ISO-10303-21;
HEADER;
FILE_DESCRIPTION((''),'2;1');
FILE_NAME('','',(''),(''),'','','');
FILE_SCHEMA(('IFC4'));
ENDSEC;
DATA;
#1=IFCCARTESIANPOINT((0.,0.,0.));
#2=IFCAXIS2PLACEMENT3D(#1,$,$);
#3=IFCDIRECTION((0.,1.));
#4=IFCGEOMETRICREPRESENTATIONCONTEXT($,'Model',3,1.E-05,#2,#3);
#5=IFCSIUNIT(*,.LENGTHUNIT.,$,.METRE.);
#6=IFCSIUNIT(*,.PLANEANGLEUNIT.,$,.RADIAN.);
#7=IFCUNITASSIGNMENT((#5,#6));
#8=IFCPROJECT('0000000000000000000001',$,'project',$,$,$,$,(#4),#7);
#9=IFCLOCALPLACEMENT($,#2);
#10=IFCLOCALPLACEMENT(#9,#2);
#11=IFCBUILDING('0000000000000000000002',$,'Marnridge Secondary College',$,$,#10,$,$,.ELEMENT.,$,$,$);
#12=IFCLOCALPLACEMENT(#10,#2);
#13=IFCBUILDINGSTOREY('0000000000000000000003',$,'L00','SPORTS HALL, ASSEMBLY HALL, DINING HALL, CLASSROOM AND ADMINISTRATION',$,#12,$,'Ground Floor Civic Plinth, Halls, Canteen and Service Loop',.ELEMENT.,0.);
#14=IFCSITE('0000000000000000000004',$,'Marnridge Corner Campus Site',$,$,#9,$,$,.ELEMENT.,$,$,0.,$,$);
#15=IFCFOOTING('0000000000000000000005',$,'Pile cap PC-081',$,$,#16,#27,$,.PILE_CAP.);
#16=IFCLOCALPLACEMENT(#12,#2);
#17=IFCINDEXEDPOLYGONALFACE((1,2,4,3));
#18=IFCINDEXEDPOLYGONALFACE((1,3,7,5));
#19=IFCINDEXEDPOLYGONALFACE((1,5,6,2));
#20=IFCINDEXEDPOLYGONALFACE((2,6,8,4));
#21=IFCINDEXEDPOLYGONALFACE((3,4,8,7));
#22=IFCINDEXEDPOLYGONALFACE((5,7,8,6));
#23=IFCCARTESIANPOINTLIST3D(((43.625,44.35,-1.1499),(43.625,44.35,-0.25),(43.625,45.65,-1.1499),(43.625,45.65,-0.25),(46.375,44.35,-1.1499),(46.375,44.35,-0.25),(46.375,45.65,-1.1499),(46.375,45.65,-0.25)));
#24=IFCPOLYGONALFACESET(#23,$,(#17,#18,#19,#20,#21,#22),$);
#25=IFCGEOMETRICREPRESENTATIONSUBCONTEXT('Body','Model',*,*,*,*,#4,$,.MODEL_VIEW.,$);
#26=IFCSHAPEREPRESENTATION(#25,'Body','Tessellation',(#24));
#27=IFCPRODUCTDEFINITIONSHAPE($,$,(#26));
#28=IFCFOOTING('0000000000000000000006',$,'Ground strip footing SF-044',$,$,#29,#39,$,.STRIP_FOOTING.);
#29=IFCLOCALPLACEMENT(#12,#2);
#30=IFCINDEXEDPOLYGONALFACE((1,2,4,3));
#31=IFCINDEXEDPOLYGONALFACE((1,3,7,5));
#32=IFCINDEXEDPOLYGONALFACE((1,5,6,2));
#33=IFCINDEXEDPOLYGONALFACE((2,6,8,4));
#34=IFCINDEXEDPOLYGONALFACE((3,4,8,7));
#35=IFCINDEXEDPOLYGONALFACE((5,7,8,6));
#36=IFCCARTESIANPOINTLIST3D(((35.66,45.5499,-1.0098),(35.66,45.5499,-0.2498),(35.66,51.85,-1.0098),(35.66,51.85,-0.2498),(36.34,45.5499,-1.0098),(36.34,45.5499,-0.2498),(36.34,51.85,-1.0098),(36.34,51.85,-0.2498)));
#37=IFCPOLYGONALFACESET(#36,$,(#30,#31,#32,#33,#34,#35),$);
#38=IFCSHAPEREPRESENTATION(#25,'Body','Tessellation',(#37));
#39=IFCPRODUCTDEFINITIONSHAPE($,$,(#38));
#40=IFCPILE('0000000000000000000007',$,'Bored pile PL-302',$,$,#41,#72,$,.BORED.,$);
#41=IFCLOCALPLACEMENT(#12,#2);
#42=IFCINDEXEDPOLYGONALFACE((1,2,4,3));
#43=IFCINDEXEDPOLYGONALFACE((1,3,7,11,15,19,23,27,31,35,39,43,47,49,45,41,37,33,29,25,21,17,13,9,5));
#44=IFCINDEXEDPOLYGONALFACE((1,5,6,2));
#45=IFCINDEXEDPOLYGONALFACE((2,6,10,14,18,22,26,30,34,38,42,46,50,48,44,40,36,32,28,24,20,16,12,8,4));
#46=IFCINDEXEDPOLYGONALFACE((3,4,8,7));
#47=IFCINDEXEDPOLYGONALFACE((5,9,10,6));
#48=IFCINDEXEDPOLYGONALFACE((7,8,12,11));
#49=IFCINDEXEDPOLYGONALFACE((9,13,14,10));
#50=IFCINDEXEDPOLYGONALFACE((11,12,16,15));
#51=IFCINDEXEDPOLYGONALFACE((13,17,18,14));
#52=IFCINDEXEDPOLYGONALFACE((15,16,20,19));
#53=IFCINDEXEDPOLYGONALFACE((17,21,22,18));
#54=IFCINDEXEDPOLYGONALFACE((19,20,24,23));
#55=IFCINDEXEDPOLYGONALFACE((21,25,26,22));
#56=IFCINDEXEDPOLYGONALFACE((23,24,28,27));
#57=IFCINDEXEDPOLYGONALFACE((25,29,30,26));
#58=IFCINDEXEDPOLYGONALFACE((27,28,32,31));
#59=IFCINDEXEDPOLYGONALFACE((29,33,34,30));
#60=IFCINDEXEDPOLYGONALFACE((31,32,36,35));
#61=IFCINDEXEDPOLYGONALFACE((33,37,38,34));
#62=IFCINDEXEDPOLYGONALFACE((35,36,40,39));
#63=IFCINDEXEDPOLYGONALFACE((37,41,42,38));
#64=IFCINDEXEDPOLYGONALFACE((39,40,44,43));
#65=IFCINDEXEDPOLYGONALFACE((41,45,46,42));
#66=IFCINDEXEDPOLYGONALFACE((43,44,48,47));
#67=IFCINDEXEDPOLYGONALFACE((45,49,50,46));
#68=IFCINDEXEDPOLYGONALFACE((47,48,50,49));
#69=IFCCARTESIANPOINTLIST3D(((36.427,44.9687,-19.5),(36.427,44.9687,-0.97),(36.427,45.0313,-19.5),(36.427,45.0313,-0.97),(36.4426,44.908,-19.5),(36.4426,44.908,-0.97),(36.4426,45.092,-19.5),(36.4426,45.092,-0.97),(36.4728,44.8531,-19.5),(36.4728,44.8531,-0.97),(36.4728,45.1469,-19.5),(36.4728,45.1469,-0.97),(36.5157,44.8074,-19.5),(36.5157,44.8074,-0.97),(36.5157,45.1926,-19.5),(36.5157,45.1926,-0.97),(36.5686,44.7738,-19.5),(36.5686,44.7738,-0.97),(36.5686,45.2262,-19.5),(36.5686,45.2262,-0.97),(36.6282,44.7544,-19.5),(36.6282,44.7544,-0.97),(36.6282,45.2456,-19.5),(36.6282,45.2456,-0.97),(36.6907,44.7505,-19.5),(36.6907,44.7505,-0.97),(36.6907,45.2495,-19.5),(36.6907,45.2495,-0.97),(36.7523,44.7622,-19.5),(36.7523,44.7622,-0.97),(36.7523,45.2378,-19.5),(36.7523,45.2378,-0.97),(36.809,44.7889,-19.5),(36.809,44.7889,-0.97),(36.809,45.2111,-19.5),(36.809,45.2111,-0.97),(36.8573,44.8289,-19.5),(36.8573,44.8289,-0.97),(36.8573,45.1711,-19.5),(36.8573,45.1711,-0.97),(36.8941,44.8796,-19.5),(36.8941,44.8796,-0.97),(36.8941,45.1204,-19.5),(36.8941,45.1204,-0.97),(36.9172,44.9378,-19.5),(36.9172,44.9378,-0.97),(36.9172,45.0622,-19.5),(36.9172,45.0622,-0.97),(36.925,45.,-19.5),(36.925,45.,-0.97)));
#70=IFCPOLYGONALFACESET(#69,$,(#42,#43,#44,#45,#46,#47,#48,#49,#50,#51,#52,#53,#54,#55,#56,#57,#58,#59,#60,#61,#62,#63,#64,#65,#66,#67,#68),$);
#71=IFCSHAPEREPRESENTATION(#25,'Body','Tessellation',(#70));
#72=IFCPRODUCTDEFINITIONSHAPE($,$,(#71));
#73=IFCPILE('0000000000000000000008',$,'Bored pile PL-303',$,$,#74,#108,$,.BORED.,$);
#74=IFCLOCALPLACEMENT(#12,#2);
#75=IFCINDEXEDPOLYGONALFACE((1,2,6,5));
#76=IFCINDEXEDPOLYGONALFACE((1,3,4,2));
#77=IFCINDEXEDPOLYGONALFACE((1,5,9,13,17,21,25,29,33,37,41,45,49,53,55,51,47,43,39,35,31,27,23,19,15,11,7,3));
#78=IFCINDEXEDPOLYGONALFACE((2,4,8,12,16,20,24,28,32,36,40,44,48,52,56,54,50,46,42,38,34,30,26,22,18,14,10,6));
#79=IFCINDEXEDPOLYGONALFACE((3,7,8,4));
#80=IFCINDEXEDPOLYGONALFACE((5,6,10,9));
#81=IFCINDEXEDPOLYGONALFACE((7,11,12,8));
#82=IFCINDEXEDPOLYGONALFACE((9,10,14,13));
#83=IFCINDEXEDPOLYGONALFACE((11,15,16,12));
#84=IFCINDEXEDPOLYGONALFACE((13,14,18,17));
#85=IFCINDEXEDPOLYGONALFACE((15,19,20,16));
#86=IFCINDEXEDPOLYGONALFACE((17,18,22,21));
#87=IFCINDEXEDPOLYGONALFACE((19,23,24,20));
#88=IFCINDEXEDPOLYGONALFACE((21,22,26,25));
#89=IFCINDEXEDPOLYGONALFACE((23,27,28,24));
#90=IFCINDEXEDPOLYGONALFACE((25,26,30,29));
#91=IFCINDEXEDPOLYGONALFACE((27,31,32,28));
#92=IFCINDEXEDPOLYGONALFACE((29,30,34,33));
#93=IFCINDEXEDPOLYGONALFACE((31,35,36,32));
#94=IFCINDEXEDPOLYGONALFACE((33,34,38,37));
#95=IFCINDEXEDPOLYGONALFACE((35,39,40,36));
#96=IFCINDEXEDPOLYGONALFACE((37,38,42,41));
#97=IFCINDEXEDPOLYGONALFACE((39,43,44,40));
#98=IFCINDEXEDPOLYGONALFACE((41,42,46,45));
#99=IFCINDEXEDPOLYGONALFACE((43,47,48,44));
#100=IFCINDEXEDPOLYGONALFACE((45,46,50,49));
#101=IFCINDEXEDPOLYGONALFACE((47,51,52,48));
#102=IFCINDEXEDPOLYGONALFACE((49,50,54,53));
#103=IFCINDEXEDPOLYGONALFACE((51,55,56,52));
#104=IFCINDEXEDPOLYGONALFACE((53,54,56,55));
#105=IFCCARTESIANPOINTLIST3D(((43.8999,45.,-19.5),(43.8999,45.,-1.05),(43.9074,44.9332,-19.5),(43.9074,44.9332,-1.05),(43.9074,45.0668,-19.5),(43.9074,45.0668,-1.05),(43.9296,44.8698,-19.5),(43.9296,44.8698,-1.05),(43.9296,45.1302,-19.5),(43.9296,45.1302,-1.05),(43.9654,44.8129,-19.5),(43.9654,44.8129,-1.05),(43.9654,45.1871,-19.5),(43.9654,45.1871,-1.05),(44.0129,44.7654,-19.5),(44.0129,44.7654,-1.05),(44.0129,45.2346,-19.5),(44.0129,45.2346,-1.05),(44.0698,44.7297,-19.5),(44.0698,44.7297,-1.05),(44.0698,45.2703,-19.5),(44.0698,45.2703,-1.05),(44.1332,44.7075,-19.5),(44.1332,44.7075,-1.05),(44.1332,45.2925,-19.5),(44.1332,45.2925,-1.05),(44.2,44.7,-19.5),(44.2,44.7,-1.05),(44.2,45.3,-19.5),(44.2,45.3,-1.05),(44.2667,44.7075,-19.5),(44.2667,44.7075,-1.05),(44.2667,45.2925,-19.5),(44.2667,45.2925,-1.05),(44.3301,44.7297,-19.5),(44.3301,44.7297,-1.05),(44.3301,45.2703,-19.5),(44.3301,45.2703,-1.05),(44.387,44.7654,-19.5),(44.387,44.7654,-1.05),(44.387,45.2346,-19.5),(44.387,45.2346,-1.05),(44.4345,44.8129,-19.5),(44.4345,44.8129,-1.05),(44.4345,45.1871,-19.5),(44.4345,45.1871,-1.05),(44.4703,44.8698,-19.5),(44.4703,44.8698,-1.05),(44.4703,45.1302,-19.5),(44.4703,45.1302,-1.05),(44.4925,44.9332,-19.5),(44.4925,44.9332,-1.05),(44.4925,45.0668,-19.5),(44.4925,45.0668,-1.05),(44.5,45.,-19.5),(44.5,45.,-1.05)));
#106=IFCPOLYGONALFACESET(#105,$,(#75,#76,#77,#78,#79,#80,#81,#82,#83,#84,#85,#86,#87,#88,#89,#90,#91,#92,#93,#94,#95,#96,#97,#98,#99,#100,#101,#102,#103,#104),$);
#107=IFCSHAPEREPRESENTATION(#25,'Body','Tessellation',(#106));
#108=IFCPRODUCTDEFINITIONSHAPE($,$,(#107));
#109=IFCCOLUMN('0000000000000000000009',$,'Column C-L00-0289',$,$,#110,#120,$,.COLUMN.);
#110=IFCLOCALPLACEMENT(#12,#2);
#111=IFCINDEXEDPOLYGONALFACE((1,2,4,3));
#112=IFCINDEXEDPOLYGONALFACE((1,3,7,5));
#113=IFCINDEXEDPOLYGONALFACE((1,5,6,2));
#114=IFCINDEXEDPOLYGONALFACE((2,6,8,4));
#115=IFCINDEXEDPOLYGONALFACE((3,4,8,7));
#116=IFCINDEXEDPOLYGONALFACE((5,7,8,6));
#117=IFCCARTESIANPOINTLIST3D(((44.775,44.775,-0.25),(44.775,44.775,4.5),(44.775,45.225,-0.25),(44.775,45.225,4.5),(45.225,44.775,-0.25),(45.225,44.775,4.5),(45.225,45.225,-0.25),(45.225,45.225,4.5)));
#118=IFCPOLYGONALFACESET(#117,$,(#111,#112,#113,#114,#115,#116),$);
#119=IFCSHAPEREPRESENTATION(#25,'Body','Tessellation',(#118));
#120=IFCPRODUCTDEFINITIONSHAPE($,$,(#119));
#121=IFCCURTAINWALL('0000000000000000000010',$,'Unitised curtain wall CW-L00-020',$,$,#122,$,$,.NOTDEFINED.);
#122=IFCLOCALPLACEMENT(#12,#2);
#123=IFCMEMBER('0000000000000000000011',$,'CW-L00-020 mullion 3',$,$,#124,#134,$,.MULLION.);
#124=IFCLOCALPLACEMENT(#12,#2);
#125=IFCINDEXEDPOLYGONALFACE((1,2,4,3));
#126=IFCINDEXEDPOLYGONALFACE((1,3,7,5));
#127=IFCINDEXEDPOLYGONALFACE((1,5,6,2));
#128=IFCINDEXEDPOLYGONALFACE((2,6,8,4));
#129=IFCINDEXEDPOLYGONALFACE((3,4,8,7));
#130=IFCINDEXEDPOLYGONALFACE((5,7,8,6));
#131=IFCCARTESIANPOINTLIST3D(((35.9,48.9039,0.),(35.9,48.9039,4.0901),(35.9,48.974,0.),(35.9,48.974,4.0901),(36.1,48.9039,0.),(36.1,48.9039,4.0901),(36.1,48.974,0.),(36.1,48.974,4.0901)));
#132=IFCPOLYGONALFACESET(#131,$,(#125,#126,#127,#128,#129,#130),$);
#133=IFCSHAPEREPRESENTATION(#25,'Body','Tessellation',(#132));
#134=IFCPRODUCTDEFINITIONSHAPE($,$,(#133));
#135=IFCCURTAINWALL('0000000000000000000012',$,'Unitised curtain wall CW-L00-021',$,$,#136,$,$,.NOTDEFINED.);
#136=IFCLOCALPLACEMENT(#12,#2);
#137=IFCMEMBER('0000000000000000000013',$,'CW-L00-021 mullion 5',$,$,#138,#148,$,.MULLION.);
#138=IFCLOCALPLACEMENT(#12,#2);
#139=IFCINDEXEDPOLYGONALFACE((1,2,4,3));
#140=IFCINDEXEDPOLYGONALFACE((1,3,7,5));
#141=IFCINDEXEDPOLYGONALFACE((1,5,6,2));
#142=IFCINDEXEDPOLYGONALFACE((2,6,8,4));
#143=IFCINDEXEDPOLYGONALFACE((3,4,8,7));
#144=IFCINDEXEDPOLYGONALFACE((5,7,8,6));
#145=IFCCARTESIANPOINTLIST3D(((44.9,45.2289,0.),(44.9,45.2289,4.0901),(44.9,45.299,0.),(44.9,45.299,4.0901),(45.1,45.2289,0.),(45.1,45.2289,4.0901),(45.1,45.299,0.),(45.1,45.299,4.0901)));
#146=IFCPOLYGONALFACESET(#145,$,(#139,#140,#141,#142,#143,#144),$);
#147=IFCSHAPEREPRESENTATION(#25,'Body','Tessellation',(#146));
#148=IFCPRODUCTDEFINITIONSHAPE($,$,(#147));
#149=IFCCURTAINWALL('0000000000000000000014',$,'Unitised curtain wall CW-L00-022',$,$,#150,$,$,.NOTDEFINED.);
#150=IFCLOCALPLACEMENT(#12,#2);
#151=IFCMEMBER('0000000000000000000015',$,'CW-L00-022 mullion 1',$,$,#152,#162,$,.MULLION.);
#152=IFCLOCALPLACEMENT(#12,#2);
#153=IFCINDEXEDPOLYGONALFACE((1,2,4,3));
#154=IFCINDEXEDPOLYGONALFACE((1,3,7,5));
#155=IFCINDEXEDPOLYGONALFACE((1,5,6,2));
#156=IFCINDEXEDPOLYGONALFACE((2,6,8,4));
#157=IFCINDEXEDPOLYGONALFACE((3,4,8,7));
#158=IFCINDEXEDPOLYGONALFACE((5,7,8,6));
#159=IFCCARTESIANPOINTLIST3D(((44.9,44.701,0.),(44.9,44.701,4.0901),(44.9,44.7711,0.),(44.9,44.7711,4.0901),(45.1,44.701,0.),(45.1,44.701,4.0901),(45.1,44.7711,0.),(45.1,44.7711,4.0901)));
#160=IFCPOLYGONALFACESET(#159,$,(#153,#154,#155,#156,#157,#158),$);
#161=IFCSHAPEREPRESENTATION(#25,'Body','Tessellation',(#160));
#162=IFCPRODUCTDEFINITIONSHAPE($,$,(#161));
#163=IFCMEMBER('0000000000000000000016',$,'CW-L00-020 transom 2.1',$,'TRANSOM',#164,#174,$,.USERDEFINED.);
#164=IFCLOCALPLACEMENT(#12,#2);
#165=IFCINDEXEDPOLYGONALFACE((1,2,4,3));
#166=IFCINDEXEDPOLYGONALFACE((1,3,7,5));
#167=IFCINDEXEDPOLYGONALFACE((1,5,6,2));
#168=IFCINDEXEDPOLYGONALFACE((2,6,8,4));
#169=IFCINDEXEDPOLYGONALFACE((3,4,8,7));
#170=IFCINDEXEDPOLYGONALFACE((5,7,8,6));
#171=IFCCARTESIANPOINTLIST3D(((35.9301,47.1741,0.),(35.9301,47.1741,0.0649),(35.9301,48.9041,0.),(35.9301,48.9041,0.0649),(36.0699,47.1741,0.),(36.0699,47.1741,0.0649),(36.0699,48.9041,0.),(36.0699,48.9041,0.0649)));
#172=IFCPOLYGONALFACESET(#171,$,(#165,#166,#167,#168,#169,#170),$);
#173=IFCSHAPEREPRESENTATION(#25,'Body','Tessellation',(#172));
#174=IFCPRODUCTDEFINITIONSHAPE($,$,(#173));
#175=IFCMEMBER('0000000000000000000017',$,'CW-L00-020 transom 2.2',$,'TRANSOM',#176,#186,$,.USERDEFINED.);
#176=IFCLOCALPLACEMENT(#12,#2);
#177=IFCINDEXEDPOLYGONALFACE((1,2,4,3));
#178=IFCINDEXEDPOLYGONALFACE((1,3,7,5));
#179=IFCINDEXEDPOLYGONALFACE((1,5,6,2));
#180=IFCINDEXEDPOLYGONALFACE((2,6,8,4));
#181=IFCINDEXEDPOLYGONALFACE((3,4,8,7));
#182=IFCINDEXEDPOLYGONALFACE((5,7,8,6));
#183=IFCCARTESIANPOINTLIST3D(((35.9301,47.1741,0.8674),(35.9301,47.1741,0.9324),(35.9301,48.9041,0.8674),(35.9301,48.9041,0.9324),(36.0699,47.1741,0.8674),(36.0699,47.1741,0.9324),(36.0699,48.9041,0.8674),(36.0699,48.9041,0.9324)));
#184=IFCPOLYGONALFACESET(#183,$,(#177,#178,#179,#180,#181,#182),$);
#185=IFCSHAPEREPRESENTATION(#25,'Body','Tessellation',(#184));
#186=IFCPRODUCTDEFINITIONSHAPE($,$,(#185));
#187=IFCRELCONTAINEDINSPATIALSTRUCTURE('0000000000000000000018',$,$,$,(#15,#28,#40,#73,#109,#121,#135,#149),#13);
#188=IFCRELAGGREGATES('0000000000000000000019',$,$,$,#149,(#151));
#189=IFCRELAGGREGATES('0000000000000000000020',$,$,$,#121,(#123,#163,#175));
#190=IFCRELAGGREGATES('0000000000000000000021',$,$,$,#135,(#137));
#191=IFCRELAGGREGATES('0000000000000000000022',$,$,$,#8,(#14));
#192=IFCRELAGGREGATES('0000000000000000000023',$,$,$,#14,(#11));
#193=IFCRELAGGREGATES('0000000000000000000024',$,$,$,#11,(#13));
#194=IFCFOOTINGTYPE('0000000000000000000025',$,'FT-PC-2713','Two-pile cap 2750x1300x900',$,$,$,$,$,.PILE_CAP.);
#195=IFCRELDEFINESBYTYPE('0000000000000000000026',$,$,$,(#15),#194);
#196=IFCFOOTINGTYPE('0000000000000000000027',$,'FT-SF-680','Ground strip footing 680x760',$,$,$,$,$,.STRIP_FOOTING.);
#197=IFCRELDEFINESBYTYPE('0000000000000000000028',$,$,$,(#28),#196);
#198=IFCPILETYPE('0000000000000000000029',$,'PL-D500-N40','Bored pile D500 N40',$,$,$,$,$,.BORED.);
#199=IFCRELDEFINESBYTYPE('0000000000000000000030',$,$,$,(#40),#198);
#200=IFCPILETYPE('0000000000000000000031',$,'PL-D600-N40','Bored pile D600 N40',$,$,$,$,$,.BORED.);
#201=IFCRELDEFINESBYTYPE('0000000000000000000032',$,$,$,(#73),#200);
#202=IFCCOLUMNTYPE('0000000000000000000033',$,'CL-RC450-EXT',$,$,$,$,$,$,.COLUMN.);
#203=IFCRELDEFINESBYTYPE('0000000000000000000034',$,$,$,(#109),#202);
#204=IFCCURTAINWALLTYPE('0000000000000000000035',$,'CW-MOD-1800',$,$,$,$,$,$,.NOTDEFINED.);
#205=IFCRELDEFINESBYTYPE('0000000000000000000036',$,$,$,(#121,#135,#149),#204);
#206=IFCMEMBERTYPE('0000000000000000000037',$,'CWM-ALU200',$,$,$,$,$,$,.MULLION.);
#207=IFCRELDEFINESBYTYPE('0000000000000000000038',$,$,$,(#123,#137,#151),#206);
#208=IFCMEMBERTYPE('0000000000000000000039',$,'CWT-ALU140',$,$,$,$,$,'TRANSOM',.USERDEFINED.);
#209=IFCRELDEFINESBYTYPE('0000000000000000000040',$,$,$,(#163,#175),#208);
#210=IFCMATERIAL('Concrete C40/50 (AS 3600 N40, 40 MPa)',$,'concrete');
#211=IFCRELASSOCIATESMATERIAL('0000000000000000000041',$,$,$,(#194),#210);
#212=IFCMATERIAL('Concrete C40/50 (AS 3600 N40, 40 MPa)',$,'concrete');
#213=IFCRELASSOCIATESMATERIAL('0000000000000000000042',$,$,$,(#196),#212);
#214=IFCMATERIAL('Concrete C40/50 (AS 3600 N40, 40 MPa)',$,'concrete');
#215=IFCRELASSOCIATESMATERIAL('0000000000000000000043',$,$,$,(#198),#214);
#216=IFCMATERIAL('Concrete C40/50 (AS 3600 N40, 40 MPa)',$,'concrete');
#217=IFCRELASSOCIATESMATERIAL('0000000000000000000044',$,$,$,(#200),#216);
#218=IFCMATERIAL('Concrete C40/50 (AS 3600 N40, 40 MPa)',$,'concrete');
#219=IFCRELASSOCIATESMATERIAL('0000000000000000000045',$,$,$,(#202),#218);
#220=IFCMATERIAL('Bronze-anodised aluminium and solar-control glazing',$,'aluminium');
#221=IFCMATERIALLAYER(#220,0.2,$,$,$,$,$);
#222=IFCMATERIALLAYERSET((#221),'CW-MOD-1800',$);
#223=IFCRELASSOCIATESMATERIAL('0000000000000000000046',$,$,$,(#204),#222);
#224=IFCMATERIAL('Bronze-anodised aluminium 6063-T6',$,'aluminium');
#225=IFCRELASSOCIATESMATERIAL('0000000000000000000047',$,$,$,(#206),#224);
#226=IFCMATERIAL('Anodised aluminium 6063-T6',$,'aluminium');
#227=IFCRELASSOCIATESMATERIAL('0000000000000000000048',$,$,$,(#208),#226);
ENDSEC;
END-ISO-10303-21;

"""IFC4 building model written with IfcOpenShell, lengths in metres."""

from ifc_helpers import new_model, si_unit, direction, frame, origin, origin_2d, place, context, subcontext, project, spatial, rectangle, circle, extrude, material, layer, layer_set, material_profile, profile_set, type_object, element, aggregate, save


model = new_model("IFC4")

# Units and contexts
model_context = context("Model", 3, precision=1e-05, world=origin(), true_north=direction((0.0, 1.0)))
body_context = subcontext(model_context, "Body", "Model", "MODEL_VIEW")
ifc_project = project(units=[si_unit("LENGTHUNIT", "METRE"), si_unit("PLANEANGLEUNIT", "RADIAN")], contexts=[model_context])

# Site, building, storey
site_placement = place(None, origin())
site = spatial("IfcSite", under=ifc_project, at=site_placement, Name="Marnridge Corner Campus Site", CompositionType="ELEMENT", RefElevation=0.0)
building_placement = place(site_placement, origin())
building = spatial("IfcBuilding", under=site, at=building_placement, Name="Marnridge Secondary College", CompositionType="ELEMENT")
storey_placement = place(building_placement, origin())
storey = spatial("IfcBuildingStorey", under=building, at=storey_placement, Name="L00", Description="SPORTS HALL, ASSEMBLY HALL, DINING HALL, CLASSROOM AND ADMINISTRATION", LongName="Ground Floor Civic Plinth, Halls, Canteen and Service Loop", CompositionType="ELEMENT", Elevation=0.0)

# Footings
ifc_material_1 = material(Name="Concrete C40/50 (AS 3600 N40, 40 MPa)", Category="concrete")
footing_type_1 = type_object("IfcFootingType", Name="FT-PC-2713", Description="Two-pile cap 2750x1300x900", PredefinedType="PILE_CAP", material=ifc_material_1)
footing_1_placement = place(storey_placement, frame((45.0, 45.0, -1.1499), z_axis=(0.0, 0.0, 1.0), x_axis=(1.0, 0.0, 0.0)))
element("IfcFooting", 1, at=footing_1_placement, inside=storey, type_object=footing_type_1, Name="Pile cap PC-081", PredefinedType="PILE_CAP", context=body_context, shape_type="SweptSolid", body=[
    extrude(rectangle(XDim=2.75, YDim=1.3, at=origin_2d()), origin(), (0.0, 0.0, 1.0), 0.8999),
])
ifc_material_2 = material(Name="Concrete C40/50 (AS 3600 N40, 40 MPa)", Category="concrete")
footing_type_2 = type_object("IfcFootingType", Name="FT-SF-680", Description="Ground strip footing 680x760", PredefinedType="STRIP_FOOTING", material=ifc_material_2)
footing_2_placement = place(storey_placement, frame((36.0, 48.7, -1.0098), z_axis=(0.0, 0.0, 1.0), x_axis=(1.0, 0.0, 0.0)))
element("IfcFooting", 2, at=footing_2_placement, inside=storey, type_object=footing_type_2, Name="Ground strip footing SF-044", PredefinedType="STRIP_FOOTING", context=body_context, shape_type="SweptSolid", body=[
    extrude(rectangle(XDim=0.6799, YDim=6.3, at=origin_2d()), origin(), (0.0, 0.0, 1.0), 0.76),
])

# Piles
ifc_material_3 = material(Name="Concrete C40/50 (AS 3600 N40, 40 MPa)", Category="concrete")
ifc_material_profile_1 = material_profile(ifc_material_3, circle(Radius=0.25, at=origin_2d()), Name="PILE D500")
ifc_profile_set_1 = profile_set([ifc_material_profile_1], Name="Concrete C40/50 (AS 3600 N40, 40 MPa)")
pile_type_1 = type_object("IfcPileType", Name="PL-D500-N40", Description="Bored pile D500 N40", PredefinedType="BORED", material=ifc_profile_set_1)
pile_1_placement = place(storey_placement, frame((36.675, 45.0, -0.97), z_axis=(0.0, 0.0, -1.0), x_axis=(1.0, 0.0, 0.0)))
element("IfcPile", 3, at=pile_1_placement, inside=storey, type_object=pile_type_1, Name="Bored pile PL-302", PredefinedType="BORED", context=body_context, shape_type="SweptSolid", body=[
    extrude(circle(Radius=0.25, at=origin_2d()), origin(), (0.0, 0.0, 1.0), 18.53),
])
ifc_material_4 = material(Name="Concrete C40/50 (AS 3600 N40, 40 MPa)", Category="concrete")
ifc_material_profile_2 = material_profile(ifc_material_4, circle(Radius=0.3, at=origin_2d()), Name="PILE D600")
ifc_profile_set_2 = profile_set([ifc_material_profile_2], Name="Concrete C40/50 (AS 3600 N40, 40 MPa)")
pile_type_2 = type_object("IfcPileType", Name="PL-D600-N40", Description="Bored pile D600 N40", PredefinedType="BORED", material=ifc_profile_set_2)
pile_2_placement = place(storey_placement, frame((44.2, 45.0, -1.05), z_axis=(0.0, 0.0, -1.0), x_axis=(1.0, 0.0, 0.0)))
element("IfcPile", 4, at=pile_2_placement, inside=storey, type_object=pile_type_2, Name="Bored pile PL-303", PredefinedType="BORED", context=body_context, shape_type="SweptSolid", body=[
    extrude(circle(Radius=0.3, at=origin_2d()), origin(), (0.0, 0.0, 1.0), 18.45),
])

# Column
ifc_material_5 = material(Name="Concrete C40/50 (AS 3600 N40, 40 MPa)", Category="concrete")
ifc_material_profile_3 = material_profile(ifc_material_5, rectangle(XDim=0.45, YDim=0.45, at=origin_2d()), Name="RC 450x450")
ifc_profile_set_3 = profile_set([ifc_material_profile_3], Name="Concrete C40/50 (AS 3600 N40, 40 MPa)")
column_type = type_object("IfcColumnType", Name="CL-RC450-EXT", PredefinedType="COLUMN", material=ifc_profile_set_3)
column_placement = place(storey_placement, frame((45.0, 45.0, -0.25), z_axis=(0.0, 0.0, 1.0), x_axis=(1.0, 0.0, 0.0)))
element("IfcColumn", 5, at=column_placement, inside=storey, type_object=column_type, Name="Column C-L00-0289", PredefinedType="COLUMN", context=body_context, shape_type="SweptSolid", body=[
    extrude(rectangle(XDim=0.45, YDim=0.45, at=origin_2d()), origin(), (0.0, 0.0, 1.0), 4.75),
])

# Curtain walls, members
ifc_material_6 = material(Name="Bronze-anodised aluminium and solar-control glazing", Category="aluminium")
ifc_layer_1 = layer(ifc_material_6, 0.2)
ifc_layer_set_1 = layer_set([ifc_layer_1], Name="CW-MOD-1800")
curtain_wall_type = type_object("IfcCurtainWallType", Name="CW-MOD-1800", PredefinedType="NOTDEFINED", material=ifc_layer_set_1)
curtain_wall_1_placement = place(storey_placement, origin())
curtain_wall_1 = element("IfcCurtainWall", 6, at=curtain_wall_1_placement, inside=storey, type_object=curtain_wall_type, Name="Unitised curtain wall CW-L00-020", PredefinedType="NOTDEFINED")
ifc_material_7 = material(Name="Bronze-anodised aluminium 6063-T6", Category="aluminium")
ifc_material_profile_4 = material_profile(ifc_material_7, rectangle(XDim=0.0701, YDim=0.2, at=origin_2d()), Name="ALU 70x200")
ifc_profile_set_4 = profile_set([ifc_material_profile_4], Name="Bronze-anodised aluminium 6063-T6")
member_type_1 = type_object("IfcMemberType", Name="CWM-ALU200", PredefinedType="MULLION", material=ifc_profile_set_4)
member_1_placement = place(storey_placement, frame((36.0, 48.939, 0.0), z_axis=(0.0, 0.0, 1.0), x_axis=(0.0, 1.0, 0.0)))
member_1 = element("IfcMember", 7, at=member_1_placement, type_object=member_type_1, Name="CW-L00-020 mullion 3", PredefinedType="MULLION", context=body_context, shape_type="SweptSolid", body=[
    extrude(rectangle(XDim=0.0701, YDim=0.2, at=origin_2d()), origin(), (0.0, 0.0, 1.0), 4.0901),
])
curtain_wall_2_placement = place(storey_placement, origin())
curtain_wall_2 = element("IfcCurtainWall", 8, at=curtain_wall_2_placement, inside=storey, type_object=curtain_wall_type, Name="Unitised curtain wall CW-L00-021", PredefinedType="NOTDEFINED")
member_2_placement = place(storey_placement, frame((45.0, 45.2639, 0.0), z_axis=(0.0, 0.0, 1.0), x_axis=(0.0, -1.0, 0.0)))
member_2 = element("IfcMember", 9, at=member_2_placement, type_object=member_type_1, Name="CW-L00-021 mullion 5", PredefinedType="MULLION", context=body_context, shape_type="SweptSolid", body=[
    extrude(rectangle(XDim=0.0701, YDim=0.2, at=origin_2d()), origin(), (0.0, 0.0, 1.0), 4.0901),
])
curtain_wall_3_placement = place(storey_placement, origin())
curtain_wall_3 = element("IfcCurtainWall", 10, at=curtain_wall_3_placement, inside=storey, type_object=curtain_wall_type, Name="Unitised curtain wall CW-L00-022", PredefinedType="NOTDEFINED")
member_3_placement = place(storey_placement, frame((45.0, 44.7361, 0.0), z_axis=(0.0, 0.0, 1.0), x_axis=(0.0, -1.0, 0.0)))
member_3 = element("IfcMember", 11, at=member_3_placement, type_object=member_type_1, Name="CW-L00-022 mullion 1", PredefinedType="MULLION", context=body_context, shape_type="SweptSolid", body=[
    extrude(rectangle(XDim=0.0701, YDim=0.2, at=origin_2d()), origin(), (0.0, 0.0, 1.0), 4.0901),
])

# Members
ifc_material_8 = material(Name="Anodised aluminium 6063-T6", Category="aluminium")
ifc_material_profile_5 = material_profile(ifc_material_8, rectangle(XDim=0.0649, YDim=0.1399, at=origin_2d()), Name="ALU 65x140")
ifc_profile_set_5 = profile_set([ifc_material_profile_5], Name="Anodised aluminium 6063-T6")
member_type_2 = type_object("IfcMemberType", Name="CWT-ALU140", ElementType="TRANSOM", PredefinedType="USERDEFINED", material=ifc_profile_set_5)
member_4_placement = place(storey_placement, frame((36.0, 47.1741, 0.0325), z_axis=(0.0, 1.0, 0.0), x_axis=(0.0, 0.0, 1.0)))
member_4 = element("IfcMember", 12, at=member_4_placement, type_object=member_type_2, Name="CW-L00-020 transom 2.1", ObjectType="TRANSOM", PredefinedType="USERDEFINED", context=body_context, shape_type="SweptSolid", body=[
    extrude(rectangle(XDim=0.0649, YDim=0.1399, at=origin_2d()), origin(), (0.0, 0.0, 1.0), 1.73),
])
member_5_placement = place(storey_placement, frame((36.0, 47.1741, 0.8999), z_axis=(0.0, 1.0, 0.0), x_axis=(0.0, 0.0, 1.0)))
member_5 = element("IfcMember", 13, at=member_5_placement, type_object=member_type_2, Name="CW-L00-020 transom 2.2", ObjectType="TRANSOM", PredefinedType="USERDEFINED", context=body_context, shape_type="SweptSolid", body=[
    extrude(rectangle(XDim=0.0649, YDim=0.1399, at=origin_2d()), origin(), (0.0, 0.0, 1.0), 1.73),
])
aggregate(curtain_wall_3, [member_3])

aggregate(curtain_wall_1, [member_1, member_4, member_5])
aggregate(curtain_wall_2, [member_2])

save(model, "model.ifc")
